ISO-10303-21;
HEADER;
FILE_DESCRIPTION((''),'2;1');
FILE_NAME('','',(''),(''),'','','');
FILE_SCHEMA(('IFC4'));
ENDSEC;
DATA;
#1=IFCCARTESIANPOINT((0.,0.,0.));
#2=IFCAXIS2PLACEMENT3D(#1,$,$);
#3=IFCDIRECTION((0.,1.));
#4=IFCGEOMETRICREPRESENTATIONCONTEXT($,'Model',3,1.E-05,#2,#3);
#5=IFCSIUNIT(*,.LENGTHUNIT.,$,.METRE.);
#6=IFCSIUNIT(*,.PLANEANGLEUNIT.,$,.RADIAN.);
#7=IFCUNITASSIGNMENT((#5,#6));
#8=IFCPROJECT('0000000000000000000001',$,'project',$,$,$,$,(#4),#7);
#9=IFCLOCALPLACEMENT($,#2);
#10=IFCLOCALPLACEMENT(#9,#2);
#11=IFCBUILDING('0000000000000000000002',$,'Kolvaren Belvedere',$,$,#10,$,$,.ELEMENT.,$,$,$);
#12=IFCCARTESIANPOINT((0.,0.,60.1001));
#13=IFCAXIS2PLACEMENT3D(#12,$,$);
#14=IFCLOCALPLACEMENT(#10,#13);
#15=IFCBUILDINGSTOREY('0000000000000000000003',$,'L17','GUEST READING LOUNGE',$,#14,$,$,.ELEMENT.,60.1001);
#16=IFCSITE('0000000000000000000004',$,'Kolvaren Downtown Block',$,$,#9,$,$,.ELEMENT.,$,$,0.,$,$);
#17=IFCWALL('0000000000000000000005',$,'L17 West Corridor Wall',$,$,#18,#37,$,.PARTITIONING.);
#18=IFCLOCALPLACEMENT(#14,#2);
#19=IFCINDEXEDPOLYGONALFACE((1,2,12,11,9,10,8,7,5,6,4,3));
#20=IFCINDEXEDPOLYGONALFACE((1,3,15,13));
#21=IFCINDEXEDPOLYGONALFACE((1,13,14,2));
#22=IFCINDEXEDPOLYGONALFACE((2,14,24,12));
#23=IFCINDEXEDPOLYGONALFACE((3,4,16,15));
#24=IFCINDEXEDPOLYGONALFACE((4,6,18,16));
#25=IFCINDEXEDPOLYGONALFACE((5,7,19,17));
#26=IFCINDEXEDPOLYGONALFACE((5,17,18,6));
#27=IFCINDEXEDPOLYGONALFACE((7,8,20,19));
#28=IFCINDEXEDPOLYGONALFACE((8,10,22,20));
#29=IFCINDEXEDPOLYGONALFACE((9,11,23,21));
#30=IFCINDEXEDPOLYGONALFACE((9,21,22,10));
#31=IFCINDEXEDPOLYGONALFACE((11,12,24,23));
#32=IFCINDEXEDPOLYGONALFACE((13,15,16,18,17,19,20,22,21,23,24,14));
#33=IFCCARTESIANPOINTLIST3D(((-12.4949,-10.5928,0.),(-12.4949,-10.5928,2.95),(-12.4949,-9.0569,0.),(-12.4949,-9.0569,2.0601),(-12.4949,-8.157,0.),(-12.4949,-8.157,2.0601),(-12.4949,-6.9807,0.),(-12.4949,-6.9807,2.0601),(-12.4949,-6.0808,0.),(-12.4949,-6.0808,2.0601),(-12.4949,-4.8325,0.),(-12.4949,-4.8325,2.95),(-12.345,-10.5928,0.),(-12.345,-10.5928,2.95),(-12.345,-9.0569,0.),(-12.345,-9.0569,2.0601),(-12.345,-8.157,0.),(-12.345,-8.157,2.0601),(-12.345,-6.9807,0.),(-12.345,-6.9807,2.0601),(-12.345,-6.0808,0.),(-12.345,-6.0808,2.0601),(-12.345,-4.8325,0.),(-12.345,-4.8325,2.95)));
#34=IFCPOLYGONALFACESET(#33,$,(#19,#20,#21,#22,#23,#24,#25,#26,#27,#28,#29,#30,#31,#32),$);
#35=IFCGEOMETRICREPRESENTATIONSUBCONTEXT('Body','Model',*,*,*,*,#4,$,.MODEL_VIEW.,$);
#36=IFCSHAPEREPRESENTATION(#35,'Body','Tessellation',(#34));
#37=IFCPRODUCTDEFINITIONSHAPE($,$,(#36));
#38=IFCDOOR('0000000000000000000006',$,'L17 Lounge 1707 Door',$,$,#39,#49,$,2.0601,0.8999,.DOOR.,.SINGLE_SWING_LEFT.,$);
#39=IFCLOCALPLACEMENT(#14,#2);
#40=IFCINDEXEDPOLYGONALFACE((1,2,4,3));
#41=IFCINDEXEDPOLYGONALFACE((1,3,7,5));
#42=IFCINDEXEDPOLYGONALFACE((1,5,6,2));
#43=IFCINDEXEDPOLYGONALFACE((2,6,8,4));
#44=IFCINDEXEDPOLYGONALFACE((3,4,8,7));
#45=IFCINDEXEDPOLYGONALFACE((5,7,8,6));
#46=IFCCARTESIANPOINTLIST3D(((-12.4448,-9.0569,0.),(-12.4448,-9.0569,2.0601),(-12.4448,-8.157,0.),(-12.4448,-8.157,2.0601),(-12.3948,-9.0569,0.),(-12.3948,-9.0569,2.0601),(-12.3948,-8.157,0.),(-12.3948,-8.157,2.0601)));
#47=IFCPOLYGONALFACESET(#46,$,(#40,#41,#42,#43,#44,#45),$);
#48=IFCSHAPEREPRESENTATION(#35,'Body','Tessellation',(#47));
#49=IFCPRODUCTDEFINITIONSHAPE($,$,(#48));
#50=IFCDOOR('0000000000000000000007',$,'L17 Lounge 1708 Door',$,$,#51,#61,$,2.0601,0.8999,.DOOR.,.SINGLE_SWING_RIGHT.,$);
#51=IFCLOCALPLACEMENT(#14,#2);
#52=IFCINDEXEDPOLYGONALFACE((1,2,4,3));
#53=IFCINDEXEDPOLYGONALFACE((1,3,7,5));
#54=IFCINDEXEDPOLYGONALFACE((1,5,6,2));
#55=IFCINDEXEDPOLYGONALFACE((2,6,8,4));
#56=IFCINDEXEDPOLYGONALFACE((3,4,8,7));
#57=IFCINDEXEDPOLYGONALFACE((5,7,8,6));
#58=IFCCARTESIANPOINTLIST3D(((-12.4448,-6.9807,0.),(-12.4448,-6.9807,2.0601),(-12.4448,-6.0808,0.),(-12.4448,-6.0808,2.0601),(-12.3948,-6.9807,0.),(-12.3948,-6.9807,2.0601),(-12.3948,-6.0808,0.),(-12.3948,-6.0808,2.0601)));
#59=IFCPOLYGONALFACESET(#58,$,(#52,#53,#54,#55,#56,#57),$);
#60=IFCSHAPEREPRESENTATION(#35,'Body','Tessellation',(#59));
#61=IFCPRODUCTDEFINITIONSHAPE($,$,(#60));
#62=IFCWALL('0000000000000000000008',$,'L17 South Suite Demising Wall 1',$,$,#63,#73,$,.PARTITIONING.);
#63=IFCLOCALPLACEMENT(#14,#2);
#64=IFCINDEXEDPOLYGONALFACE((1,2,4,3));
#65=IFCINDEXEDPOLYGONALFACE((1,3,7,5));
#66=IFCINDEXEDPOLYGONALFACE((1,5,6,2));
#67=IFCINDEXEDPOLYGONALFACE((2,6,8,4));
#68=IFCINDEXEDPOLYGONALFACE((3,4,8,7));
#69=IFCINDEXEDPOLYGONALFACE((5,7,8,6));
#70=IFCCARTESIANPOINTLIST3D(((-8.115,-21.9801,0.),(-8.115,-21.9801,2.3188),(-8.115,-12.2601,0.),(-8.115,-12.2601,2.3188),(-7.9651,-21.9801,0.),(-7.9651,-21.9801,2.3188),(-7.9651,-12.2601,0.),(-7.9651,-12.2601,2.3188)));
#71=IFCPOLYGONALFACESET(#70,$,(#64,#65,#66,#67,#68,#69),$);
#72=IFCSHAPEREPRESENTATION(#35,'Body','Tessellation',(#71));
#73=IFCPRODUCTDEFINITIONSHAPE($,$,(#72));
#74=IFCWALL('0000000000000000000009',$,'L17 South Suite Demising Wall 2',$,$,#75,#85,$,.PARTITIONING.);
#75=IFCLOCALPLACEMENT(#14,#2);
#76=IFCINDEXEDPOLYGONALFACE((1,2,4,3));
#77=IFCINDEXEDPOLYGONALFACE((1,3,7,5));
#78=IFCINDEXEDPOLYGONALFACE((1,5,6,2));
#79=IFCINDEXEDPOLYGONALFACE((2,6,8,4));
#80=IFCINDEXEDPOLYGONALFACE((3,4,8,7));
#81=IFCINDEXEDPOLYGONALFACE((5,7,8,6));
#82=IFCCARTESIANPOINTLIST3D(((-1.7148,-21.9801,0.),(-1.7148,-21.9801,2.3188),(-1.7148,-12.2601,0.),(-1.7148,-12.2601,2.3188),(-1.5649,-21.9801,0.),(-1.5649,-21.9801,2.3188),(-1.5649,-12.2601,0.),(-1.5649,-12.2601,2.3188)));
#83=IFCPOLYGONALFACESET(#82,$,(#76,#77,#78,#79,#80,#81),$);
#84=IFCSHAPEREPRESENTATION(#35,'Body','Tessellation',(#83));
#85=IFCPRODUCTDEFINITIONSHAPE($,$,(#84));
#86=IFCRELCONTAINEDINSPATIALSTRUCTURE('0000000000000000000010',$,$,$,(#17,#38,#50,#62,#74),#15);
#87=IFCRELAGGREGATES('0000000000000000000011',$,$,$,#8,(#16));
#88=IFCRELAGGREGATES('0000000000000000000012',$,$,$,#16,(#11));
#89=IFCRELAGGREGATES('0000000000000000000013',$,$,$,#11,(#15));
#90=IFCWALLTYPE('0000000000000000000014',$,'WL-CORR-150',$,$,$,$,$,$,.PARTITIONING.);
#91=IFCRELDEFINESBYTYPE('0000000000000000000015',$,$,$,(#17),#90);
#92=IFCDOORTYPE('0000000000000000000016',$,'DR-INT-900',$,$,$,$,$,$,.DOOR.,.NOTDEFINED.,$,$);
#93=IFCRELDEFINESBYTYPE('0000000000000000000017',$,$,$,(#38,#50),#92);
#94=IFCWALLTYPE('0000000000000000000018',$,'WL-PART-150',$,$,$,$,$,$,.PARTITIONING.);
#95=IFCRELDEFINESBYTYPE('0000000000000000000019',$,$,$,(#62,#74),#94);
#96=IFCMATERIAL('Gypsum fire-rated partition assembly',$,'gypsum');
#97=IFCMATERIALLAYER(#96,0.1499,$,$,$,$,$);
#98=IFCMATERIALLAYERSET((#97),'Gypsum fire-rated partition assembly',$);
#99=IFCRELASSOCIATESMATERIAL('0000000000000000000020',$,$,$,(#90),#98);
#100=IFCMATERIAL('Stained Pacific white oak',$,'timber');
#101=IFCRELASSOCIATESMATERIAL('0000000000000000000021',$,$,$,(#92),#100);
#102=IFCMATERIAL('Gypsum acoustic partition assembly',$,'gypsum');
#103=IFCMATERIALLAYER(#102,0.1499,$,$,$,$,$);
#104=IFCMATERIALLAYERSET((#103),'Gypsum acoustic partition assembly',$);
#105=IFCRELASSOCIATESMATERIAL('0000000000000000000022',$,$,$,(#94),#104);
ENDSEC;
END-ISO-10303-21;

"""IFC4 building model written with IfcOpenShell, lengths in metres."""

from ifc_helpers import new_model, si_unit, direction, frame, frame_2d, origin, place, context, subcontext, project, spatial, rectangle, extrude, material, layer, layer_set, type_object, element, fill, save


model = new_model("IFC4")

# Units and contexts
model_context = context("Model", 3, precision=1e-05, world=origin(), true_north=direction((0.0, 1.0)))
body_context = subcontext(model_context, "Body", "Model", "MODEL_VIEW")
ifc_project = project(units=[si_unit("LENGTHUNIT", "METRE"), si_unit("PLANEANGLEUNIT", "RADIAN")], contexts=[model_context])

# Site, building, storey
site_placement = place(None, origin())
site = spatial("IfcSite", under=ifc_project, at=site_placement, Name="Kolvaren Downtown Block", CompositionType="ELEMENT", RefElevation=0.0)
building_placement = place(site_placement, origin())
building = spatial("IfcBuilding", under=site, at=building_placement, Name="Kolvaren Belvedere", CompositionType="ELEMENT")
storey_placement = place(building_placement, frame((0.0, 0.0, 60.1001)))
storey = spatial("IfcBuildingStorey", under=building, at=storey_placement, Name="L17", Description="GUEST READING LOUNGE", CompositionType="ELEMENT", Elevation=60.1001)

# Shared definitions
ifc_material_1 = material(Name="Gypsum fire-rated partition assembly", Category="gypsum")
ifc_layer_1 = layer(ifc_material_1, 0.1499)
ifc_layer_set_1 = layer_set([ifc_layer_1], Name="Gypsum fire-rated partition assembly")
wall_type_1 = type_object("IfcWallType", Name="WL-CORR-150", PredefinedType="PARTITIONING", material=ifc_layer_set_1)

# Shared definitions
ifc_material_2 = material(Name="Stained Pacific white oak", Category="timber")
door_type = type_object("IfcDoorType", Name="DR-INT-900", OperationType="NOTDEFINED", PredefinedType="DOOR", material=ifc_material_2)

# Wall, openings, doors
wall_1_placement = place(storey_placement, frame((-12.4199, -10.5928, 0.0), z_axis=(0.0, 0.0, 1.0), x_axis=(0.0, 1.0, 0.0)))
wall_1 = element("IfcWall", 1, at=wall_1_placement, inside=storey, type_object=wall_type_1, Name="L17 West Corridor Wall", PredefinedType="PARTITIONING", context=body_context, shape_type="SweptSolid", body=[
    extrude(rectangle(XDim=5.7603, YDim=0.1499, at=frame_2d((2.8801, 0.0))), origin(), (0.0, 0.0, 1.0), 2.95),
])
opening_1_placement = place(wall_1_placement, frame((1.5359, 0.0, 0.0)))
opening_1 = element("IfcOpeningElement", 2, at=opening_1_placement, cuts=wall_1, PredefinedType="OPENING", context=body_context, shape_type="SweptSolid", body=[
    extrude(rectangle(XDim=0.8999, YDim=2.0601, at=frame_2d((0.45, 1.03))), frame((0.0, 0.085, 0.0), z_axis=(0.0, -1.0, 0.0), x_axis=(1.0, 0.0, 0.0)), (0.0, 0.0, 1.0), 0.1699),
])
opening_2_placement = place(wall_1_placement, frame((3.6121, 0.0, 0.0)))
opening_2 = element("IfcOpeningElement", 3, at=opening_2_placement, cuts=wall_1, PredefinedType="OPENING", context=body_context, shape_type="SweptSolid", body=[
    extrude(rectangle(XDim=0.8999, YDim=2.0601, at=frame_2d((0.45, 1.03))), frame((0.0, 0.085, 0.0), z_axis=(0.0, -1.0, 0.0), x_axis=(1.0, 0.0, 0.0)), (0.0, 0.0, 1.0), 0.1699),
])
door_1_placement = place(opening_1_placement, origin())
door_1 = element("IfcDoor", 4, at=door_1_placement, inside=storey, type_object=door_type, Name="L17 Lounge 1707 Door", OperationType="SINGLE_SWING_LEFT", OverallHeight=2.0601, OverallWidth=0.8999, PredefinedType="DOOR", context=body_context, shape_type="SweptSolid", body=[
    extrude(rectangle(XDim=0.8999, YDim=2.0601, at=frame_2d((0.45, 1.03))), frame((0.0, 0.0249, 0.0), z_axis=(0.0, -1.0, 0.0), x_axis=(1.0, 0.0, 0.0)), (0.0, 0.0, 1.0), 0.05),
])
fill(opening_1, door_1)
door_2_placement = place(opening_2_placement, origin())
door_2 = element("IfcDoor", 5, at=door_2_placement, inside=storey, type_object=door_type, Name="L17 Lounge 1708 Door", OperationType="SINGLE_SWING_RIGHT", OverallHeight=2.0601, OverallWidth=0.8999, PredefinedType="DOOR", context=body_context, shape_type="SweptSolid", body=[
    extrude(rectangle(XDim=0.8999, YDim=2.0601, at=frame_2d((0.45, 1.03))), frame((0.0, 0.0249, 0.0), z_axis=(0.0, -1.0, 0.0), x_axis=(1.0, 0.0, 0.0)), (0.0, 0.0, 1.0), 0.05),
])
fill(opening_2, door_2)

# Walls
ifc_material_3 = material(Name="Gypsum acoustic partition assembly", Category="gypsum")
ifc_layer_2 = layer(ifc_material_3, 0.1499)
ifc_layer_set_2 = layer_set([ifc_layer_2], Name="Gypsum acoustic partition assembly")
wall_type_2 = type_object("IfcWallType", Name="WL-PART-150", PredefinedType="PARTITIONING", material=ifc_layer_set_2)
for number, where, z_axis, x_axis, name in (
    (6, (-8.04, -21.98, 0.0), (0.0, 0.0, 1.0), (0.0, 1.0, 0.0), "L17 South Suite Demising Wall 1"),
    (7, (-1.6399, -21.98, 0.0), (0.0, 0.0, 1.0), (0.0, 1.0, 0.0), "L17 South Suite Demising Wall 2"),
):
    element("IfcWall", number, at=place(storey_placement, frame(where, z_axis=z_axis, x_axis=x_axis)), inside=storey, type_object=wall_type_2, Name=name, PredefinedType="PARTITIONING", context=body_context, shape_type="SweptSolid", body=[
        extrude(rectangle(XDim=9.72, YDim=0.1499, at=frame_2d((4.8599, 0.0))), origin(), (0.0, 0.0, 1.0), 2.3188),
    ])

save(model, "model.ifc")
